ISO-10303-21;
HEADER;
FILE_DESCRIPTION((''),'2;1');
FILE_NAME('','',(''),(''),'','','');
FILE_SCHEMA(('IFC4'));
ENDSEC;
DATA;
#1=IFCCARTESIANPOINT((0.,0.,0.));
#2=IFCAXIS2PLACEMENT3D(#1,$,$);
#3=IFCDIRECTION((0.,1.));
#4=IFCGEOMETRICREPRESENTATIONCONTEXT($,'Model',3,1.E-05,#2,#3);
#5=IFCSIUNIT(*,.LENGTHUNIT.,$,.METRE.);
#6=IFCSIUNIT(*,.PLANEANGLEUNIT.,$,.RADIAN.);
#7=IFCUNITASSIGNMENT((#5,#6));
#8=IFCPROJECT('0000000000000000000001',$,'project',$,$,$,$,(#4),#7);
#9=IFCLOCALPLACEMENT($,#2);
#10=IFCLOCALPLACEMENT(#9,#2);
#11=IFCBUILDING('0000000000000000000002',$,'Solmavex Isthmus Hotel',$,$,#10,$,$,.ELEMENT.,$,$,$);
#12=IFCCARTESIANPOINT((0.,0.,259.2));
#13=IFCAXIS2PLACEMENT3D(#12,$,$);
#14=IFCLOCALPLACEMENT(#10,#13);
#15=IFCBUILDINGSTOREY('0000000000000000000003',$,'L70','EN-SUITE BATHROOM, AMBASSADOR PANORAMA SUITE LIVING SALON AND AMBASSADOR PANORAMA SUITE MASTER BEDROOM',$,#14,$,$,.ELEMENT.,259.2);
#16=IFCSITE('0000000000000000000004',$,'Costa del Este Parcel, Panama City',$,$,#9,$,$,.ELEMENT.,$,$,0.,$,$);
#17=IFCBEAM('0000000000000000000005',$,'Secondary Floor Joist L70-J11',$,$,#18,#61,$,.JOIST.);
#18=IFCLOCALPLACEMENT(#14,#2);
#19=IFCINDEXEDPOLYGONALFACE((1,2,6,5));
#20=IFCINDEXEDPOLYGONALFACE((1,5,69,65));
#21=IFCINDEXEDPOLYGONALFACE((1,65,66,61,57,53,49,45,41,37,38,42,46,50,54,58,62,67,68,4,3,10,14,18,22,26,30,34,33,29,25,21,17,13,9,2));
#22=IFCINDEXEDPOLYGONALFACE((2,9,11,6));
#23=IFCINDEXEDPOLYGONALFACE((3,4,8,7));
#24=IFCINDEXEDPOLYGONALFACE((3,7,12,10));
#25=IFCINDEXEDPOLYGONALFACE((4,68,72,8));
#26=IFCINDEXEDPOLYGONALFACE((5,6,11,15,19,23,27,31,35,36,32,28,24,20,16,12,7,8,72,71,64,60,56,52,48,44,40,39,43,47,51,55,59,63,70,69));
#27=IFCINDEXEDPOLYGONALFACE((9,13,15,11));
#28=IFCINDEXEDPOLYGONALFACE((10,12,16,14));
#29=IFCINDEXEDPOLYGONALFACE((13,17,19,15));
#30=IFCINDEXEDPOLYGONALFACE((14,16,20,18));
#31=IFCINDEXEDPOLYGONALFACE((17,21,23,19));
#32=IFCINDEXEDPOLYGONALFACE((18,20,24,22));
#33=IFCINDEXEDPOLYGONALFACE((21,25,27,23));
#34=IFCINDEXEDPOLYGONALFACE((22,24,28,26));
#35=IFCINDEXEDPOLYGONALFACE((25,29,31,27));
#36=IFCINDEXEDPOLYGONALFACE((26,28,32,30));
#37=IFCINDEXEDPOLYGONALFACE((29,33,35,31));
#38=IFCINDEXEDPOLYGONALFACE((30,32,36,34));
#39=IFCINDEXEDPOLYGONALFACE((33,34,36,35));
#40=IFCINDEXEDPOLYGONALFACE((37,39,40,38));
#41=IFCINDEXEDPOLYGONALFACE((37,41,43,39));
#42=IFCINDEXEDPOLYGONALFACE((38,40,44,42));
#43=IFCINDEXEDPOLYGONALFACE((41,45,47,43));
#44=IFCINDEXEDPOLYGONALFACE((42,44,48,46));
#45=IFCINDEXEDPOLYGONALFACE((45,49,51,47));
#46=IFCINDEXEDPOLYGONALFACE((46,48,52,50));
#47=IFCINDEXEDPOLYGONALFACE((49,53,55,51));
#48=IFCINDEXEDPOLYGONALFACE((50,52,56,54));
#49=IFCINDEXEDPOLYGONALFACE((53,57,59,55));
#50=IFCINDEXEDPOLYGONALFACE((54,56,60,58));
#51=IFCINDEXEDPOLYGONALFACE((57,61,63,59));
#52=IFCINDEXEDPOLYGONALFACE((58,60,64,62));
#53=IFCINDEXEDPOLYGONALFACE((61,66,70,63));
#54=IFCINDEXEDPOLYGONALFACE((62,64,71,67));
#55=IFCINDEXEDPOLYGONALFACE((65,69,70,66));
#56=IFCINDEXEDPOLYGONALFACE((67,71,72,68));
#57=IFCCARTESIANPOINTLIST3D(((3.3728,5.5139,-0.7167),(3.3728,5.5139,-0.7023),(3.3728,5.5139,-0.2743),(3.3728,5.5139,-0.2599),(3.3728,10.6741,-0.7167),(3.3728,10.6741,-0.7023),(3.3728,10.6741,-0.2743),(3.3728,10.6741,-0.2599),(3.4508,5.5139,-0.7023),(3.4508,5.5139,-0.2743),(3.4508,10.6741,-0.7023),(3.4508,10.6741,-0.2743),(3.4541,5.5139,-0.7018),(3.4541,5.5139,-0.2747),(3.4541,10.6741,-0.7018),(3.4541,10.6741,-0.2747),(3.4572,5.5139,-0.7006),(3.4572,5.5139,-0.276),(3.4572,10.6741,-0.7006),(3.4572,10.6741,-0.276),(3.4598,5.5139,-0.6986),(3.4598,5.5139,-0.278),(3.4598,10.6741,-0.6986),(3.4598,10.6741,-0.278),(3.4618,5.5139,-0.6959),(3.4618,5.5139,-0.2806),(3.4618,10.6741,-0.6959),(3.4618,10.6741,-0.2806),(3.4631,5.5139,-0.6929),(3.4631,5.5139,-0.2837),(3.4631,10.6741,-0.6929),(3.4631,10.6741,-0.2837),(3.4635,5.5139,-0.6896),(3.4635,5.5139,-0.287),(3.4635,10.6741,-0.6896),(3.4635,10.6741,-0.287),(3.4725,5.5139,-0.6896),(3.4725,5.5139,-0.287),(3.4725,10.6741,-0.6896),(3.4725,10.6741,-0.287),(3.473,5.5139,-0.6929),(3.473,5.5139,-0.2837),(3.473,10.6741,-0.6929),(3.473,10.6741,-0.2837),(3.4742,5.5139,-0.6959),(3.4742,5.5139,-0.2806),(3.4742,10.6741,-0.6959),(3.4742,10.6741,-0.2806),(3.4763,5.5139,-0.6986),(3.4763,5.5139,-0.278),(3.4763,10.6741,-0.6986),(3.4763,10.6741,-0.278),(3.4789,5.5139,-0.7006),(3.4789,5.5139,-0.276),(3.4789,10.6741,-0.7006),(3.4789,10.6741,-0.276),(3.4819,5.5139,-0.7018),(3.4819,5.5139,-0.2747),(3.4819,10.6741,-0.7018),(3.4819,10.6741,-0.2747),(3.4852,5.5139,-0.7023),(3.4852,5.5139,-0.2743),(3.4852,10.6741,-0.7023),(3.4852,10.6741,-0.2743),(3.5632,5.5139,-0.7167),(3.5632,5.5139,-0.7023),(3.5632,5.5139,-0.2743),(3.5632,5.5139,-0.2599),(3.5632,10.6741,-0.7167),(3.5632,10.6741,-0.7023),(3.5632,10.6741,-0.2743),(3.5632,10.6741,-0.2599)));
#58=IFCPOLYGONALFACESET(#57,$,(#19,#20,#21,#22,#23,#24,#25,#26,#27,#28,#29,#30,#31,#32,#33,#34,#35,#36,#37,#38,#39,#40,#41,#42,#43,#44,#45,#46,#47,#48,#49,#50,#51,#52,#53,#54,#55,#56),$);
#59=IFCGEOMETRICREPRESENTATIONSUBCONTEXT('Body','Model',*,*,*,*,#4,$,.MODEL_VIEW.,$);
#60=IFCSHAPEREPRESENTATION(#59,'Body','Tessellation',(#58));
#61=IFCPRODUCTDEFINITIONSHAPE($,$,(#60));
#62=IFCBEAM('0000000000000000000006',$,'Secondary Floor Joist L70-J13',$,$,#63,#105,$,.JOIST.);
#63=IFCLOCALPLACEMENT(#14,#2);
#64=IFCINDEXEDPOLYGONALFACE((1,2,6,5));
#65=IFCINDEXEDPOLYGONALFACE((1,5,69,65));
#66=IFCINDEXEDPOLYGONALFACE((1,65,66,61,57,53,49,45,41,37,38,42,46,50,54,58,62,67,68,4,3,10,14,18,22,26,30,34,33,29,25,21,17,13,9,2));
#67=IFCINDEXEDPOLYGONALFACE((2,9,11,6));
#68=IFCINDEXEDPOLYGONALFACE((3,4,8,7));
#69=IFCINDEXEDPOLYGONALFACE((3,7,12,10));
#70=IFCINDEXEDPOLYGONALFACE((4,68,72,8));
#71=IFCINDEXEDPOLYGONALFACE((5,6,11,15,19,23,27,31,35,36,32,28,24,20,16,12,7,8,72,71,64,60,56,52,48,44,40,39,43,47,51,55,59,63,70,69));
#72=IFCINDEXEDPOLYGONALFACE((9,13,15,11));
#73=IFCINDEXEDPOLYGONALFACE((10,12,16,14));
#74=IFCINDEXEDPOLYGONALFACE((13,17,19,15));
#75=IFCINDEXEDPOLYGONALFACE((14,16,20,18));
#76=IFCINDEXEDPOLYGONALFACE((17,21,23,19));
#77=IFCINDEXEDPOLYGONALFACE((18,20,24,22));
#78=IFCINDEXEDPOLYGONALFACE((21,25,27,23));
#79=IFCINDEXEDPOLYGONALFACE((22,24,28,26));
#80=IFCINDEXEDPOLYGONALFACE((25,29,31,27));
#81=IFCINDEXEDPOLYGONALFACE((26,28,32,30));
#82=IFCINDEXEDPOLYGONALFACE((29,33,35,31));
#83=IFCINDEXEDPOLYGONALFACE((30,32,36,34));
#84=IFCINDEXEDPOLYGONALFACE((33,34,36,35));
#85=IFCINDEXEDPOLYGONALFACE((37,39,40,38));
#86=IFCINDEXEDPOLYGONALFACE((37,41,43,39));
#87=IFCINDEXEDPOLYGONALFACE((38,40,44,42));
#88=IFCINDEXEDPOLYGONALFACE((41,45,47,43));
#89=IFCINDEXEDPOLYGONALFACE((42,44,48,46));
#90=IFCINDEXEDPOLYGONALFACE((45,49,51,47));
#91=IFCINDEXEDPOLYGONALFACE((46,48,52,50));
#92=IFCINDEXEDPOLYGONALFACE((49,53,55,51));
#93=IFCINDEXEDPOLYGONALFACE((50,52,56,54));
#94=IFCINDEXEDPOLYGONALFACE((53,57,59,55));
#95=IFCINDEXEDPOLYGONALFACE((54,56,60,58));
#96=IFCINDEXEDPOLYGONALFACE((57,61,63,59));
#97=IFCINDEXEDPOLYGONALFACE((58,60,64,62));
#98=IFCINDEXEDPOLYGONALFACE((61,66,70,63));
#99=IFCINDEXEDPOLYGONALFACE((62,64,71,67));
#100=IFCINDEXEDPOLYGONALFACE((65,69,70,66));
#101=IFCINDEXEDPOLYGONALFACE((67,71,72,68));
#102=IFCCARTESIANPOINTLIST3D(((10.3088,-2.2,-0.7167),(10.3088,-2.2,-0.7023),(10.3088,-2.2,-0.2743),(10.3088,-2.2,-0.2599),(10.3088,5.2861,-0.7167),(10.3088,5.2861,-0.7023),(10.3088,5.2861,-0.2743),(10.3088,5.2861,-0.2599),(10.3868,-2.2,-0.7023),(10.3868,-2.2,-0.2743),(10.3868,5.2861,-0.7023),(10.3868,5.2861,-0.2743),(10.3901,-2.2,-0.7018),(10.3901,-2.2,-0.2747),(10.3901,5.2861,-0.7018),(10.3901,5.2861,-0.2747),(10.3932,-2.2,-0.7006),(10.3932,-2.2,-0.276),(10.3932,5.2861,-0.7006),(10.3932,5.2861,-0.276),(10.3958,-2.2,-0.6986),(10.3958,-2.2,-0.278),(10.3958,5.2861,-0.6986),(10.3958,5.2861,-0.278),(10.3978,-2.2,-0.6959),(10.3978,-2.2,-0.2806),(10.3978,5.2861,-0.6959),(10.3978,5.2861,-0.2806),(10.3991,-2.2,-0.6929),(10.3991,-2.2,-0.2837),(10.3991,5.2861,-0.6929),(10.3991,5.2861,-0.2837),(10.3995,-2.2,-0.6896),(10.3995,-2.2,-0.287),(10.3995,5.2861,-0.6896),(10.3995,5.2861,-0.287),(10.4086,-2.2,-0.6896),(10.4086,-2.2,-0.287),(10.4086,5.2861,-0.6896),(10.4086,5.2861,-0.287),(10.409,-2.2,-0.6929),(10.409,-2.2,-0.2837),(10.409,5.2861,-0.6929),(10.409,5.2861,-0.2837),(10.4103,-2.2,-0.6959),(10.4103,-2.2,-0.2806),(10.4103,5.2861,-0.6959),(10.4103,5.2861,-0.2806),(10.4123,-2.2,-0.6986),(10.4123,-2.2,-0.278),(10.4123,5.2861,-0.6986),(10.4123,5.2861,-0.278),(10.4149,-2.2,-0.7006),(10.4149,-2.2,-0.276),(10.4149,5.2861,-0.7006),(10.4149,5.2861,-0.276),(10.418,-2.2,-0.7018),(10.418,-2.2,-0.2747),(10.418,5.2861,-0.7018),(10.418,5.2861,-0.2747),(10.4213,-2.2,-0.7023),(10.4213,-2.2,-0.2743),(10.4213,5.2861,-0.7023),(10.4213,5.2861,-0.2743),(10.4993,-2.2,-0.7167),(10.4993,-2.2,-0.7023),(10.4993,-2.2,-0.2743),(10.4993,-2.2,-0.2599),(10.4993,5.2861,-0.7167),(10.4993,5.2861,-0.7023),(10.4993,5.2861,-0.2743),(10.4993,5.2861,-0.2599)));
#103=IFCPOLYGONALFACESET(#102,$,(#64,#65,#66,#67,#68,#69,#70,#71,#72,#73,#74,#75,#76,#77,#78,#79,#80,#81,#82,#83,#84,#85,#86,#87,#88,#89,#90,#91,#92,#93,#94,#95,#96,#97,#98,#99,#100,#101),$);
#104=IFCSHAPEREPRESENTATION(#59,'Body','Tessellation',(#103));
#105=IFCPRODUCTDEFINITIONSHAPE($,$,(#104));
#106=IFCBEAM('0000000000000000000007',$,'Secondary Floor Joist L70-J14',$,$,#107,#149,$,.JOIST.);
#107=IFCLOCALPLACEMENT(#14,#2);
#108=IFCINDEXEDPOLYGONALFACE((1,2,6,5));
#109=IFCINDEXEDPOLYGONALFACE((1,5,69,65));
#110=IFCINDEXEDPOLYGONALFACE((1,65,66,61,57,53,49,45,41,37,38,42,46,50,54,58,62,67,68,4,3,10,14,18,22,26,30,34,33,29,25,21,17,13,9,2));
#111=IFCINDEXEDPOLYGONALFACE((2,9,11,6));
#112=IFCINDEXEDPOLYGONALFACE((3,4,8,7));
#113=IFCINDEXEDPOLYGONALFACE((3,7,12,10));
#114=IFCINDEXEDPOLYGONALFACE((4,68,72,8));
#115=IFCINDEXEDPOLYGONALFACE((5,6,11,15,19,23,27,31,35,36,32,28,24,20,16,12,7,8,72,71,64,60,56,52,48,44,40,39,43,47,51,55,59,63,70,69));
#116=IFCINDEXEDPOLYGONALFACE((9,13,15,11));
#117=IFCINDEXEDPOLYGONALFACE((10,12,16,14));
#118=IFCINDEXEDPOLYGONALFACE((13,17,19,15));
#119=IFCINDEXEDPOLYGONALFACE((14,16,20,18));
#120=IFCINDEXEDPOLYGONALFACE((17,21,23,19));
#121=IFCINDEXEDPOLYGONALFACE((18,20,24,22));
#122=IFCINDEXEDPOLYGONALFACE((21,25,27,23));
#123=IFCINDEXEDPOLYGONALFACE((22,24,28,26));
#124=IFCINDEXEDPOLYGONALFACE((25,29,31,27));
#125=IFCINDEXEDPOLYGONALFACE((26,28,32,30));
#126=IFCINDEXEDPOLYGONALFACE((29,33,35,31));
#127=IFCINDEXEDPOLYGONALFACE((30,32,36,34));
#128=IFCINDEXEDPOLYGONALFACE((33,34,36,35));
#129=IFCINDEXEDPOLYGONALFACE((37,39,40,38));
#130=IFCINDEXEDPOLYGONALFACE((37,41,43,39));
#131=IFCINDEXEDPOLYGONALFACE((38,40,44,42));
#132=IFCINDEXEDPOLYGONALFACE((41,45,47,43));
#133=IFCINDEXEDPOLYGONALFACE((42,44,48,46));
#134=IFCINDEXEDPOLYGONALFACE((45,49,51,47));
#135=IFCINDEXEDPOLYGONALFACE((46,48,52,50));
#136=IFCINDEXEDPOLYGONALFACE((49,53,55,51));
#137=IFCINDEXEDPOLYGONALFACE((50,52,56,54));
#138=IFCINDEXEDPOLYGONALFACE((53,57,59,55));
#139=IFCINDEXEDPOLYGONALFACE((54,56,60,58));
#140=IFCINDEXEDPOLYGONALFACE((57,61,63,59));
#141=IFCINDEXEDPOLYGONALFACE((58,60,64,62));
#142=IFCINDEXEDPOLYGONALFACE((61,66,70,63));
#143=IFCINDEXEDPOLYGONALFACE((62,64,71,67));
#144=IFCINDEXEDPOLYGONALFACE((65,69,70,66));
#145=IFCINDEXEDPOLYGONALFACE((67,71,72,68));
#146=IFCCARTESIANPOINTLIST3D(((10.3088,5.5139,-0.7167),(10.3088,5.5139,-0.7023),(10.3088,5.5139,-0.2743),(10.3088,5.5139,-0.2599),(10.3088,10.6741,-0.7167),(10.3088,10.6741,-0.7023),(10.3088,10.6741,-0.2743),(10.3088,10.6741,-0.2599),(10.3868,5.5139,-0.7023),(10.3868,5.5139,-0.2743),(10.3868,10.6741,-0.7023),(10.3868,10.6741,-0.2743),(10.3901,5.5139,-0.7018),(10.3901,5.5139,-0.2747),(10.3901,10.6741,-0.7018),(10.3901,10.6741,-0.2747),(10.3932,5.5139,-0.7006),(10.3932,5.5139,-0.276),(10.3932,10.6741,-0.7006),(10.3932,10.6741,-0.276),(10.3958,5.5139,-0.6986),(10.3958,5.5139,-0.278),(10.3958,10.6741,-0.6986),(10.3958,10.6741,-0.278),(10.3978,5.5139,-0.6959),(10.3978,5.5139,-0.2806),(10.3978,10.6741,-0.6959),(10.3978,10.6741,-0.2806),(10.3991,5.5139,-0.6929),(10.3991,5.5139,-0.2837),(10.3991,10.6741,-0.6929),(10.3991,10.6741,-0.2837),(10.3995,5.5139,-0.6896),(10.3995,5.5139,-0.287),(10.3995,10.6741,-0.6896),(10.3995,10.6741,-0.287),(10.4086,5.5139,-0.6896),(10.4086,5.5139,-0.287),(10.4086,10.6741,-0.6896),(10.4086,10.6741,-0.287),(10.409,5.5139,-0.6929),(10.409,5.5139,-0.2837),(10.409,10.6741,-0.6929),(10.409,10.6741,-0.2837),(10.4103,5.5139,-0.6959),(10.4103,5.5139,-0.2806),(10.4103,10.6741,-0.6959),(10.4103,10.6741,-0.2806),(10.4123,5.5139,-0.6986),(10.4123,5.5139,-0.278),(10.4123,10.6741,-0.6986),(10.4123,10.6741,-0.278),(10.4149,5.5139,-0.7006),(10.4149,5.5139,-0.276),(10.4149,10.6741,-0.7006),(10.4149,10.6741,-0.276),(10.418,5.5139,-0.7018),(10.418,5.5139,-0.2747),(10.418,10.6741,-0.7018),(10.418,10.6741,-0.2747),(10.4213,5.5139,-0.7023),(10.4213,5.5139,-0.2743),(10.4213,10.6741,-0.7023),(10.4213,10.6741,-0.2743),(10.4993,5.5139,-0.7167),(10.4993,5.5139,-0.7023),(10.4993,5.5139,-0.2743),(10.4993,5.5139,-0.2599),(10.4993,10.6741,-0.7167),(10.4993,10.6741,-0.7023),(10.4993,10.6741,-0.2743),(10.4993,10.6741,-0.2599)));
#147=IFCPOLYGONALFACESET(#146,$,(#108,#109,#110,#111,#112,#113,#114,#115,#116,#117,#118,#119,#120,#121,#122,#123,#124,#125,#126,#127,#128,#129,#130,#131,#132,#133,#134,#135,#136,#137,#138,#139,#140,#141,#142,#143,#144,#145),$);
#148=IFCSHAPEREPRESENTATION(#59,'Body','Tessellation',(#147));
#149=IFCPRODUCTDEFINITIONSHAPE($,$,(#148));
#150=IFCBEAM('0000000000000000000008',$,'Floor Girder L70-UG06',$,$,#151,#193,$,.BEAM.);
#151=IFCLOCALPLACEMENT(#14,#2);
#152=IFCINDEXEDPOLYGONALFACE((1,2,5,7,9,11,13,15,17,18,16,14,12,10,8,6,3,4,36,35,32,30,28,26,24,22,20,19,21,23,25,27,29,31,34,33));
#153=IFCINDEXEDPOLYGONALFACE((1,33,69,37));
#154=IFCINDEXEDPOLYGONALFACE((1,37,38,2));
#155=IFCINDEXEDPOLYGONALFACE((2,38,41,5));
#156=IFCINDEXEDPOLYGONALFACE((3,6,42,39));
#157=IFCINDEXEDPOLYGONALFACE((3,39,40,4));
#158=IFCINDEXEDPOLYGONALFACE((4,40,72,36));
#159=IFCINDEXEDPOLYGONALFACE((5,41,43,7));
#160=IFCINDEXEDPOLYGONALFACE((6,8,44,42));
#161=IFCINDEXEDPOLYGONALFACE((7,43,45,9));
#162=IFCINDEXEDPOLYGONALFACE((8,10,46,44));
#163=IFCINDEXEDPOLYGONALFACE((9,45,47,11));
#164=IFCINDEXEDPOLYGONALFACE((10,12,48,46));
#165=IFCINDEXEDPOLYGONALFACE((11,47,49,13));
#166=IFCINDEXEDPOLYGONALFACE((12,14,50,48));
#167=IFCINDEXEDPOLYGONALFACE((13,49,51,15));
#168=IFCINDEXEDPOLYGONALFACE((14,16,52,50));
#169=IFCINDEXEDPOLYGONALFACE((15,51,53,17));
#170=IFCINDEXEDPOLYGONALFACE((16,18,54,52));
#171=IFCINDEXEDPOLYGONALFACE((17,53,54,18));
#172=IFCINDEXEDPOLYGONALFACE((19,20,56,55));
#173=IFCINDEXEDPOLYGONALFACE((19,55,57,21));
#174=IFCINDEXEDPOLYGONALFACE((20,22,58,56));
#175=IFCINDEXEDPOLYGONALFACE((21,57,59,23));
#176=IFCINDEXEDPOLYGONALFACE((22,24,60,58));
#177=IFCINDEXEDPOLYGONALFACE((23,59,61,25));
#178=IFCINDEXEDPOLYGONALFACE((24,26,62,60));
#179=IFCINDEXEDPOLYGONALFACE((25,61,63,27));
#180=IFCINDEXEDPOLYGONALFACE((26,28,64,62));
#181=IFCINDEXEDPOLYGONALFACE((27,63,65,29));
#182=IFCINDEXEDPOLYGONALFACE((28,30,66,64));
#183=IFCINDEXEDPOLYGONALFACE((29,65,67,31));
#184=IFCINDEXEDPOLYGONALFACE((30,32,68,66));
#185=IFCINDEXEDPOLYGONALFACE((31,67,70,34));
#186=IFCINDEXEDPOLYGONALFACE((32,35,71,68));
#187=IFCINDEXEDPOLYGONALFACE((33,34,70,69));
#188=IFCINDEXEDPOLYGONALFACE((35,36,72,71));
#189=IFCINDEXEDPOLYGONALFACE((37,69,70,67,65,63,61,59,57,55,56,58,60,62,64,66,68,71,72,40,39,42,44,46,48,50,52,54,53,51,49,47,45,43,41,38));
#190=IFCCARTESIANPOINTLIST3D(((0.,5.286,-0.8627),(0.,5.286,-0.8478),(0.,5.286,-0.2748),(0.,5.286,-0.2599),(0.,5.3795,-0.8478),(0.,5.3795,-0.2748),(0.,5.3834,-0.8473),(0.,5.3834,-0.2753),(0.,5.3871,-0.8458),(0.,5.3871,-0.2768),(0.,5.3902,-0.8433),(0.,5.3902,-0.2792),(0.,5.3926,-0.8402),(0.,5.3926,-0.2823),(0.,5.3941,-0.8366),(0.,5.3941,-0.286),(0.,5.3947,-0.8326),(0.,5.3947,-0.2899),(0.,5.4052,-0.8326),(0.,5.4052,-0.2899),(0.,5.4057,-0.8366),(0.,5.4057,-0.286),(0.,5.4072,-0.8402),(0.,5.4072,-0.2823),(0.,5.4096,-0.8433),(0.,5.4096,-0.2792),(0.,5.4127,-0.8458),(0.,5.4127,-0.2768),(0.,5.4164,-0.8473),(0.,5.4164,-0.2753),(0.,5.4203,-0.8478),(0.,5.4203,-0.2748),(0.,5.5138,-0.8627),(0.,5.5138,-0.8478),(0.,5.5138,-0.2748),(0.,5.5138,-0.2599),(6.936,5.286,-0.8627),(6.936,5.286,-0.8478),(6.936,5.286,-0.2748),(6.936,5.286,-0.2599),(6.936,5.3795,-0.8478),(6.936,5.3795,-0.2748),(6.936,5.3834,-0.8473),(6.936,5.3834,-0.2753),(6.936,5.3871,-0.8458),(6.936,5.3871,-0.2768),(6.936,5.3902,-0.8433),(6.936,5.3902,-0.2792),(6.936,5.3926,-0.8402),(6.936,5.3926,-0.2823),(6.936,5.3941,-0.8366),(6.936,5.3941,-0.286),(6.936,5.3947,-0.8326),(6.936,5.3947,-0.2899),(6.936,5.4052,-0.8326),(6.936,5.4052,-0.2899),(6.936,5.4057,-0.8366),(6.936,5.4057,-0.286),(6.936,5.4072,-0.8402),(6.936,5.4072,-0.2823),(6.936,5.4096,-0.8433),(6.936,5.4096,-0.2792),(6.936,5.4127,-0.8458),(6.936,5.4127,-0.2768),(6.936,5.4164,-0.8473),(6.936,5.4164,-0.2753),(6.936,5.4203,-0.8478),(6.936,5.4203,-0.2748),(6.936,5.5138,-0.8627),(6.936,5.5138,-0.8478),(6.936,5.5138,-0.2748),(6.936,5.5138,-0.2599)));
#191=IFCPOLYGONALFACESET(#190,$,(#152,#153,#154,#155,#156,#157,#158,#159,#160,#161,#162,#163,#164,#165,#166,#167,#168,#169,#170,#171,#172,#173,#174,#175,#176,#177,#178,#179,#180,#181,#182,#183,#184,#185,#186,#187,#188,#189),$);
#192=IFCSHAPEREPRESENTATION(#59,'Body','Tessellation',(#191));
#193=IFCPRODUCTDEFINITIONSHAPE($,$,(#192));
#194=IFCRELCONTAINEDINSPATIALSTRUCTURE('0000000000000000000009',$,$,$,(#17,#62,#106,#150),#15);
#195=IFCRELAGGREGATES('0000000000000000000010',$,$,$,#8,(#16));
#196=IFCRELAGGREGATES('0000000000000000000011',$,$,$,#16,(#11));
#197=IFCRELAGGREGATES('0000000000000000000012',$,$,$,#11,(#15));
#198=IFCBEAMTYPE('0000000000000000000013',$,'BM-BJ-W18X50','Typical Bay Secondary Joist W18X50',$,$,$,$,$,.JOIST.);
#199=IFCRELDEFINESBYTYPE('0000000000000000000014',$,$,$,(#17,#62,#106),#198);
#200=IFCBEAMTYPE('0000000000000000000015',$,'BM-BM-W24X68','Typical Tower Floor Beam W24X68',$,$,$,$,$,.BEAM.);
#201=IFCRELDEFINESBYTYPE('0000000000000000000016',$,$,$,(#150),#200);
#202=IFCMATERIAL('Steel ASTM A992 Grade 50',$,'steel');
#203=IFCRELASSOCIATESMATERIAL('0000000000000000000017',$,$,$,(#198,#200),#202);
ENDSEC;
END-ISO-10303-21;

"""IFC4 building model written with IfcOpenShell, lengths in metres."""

from ifc_helpers import new_model, si_unit, direction, frame, origin, origin_2d, place, context, subcontext, project, spatial, i_section, extrude, material, material_profile, profile_set, type_object, element, save


model = new_model("IFC4")

# Units and contexts
model_context = context("Model", 3, precision=1e-05, world=origin(), true_north=direction((0.0, 1.0)))
body_context = subcontext(model_context, "Body", "Model", "MODEL_VIEW")
ifc_project = project(units=[si_unit("LENGTHUNIT", "METRE"), si_unit("PLANEANGLEUNIT", "RADIAN")], contexts=[model_context])

# Site, building, storey
site_placement = place(None, origin())
site = spatial("IfcSite", under=ifc_project, at=site_placement, Name="Costa del Este Parcel, Panama City", CompositionType="ELEMENT", RefElevation=0.0)
building_placement = place(site_placement, origin())
building = spatial("IfcBuilding", under=site, at=building_placement, Name="Solmavex Isthmus Hotel", CompositionType="ELEMENT")
storey_placement = place(building_placement, frame((0.0, 0.0, 259.2)))
storey = spatial("IfcBuildingStorey", under=building, at=storey_placement, Name="L70", Description="EN-SUITE BATHROOM, AMBASSADOR PANORAMA SUITE LIVING SALON AND AMBASSADOR PANORAMA SUITE MASTER BEDROOM", CompositionType="ELEMENT", Elevation=259.2)

# Beams
ifc_material_1 = material(Name="Steel ASTM A992 Grade 50", Category="steel")
ifc_material_profile_1 = material_profile(ifc_material_1, i_section(OverallWidth=0.1904, OverallDepth=0.4568, WebThickness=0.009, FlangeThickness=0.0144, FilletRadius=0.0127, at=origin_2d()), Name="W18X50")
ifc_profile_set_1 = profile_set([ifc_material_profile_1], Name="Steel ASTM A992 Grade 50")
beam_type_1 = type_object("IfcBeamType", Name="BM-BJ-W18X50", Description="Typical Bay Secondary Joist W18X50", PredefinedType="JOIST", material=ifc_profile_set_1)
beam_1_placement = place(storey_placement, frame((3.468, 5.5139, -0.4883), z_axis=(0.0, 1.0, 0.0), x_axis=(-1.0, 0.0, 0.0)))
element("IfcBeam", 1, at=beam_1_placement, inside=storey, type_object=beam_type_1, Name="Secondary Floor Joist L70-J11", PredefinedType="JOIST", context=body_context, shape_type="SweptSolid", body=[
    extrude(i_section(OverallWidth=0.1904, OverallDepth=0.4568, WebThickness=0.009, FlangeThickness=0.0144, FilletRadius=0.0127, at=origin_2d()), origin(), (0.0, 0.0, 1.0), 5.1602),
])
beam_2_placement = place(storey_placement, frame((10.4041, -2.2, -0.4883), z_axis=(0.0, 1.0, 0.0), x_axis=(-1.0, 0.0, 0.0)))
element("IfcBeam", 2, at=beam_2_placement, inside=storey, type_object=beam_type_1, Name="Secondary Floor Joist L70-J13", PredefinedType="JOIST", context=body_context, shape_type="SweptSolid", body=[
    extrude(i_section(OverallWidth=0.1904, OverallDepth=0.4568, WebThickness=0.009, FlangeThickness=0.0144, FilletRadius=0.0127, at=origin_2d()), origin(), (0.0, 0.0, 1.0), 7.4861),
])
beam_3_placement = place(storey_placement, frame((10.4041, 5.5139, -0.4883), z_axis=(0.0, 1.0, 0.0), x_axis=(-1.0, 0.0, 0.0)))
element("IfcBeam", 3, at=beam_3_placement, inside=storey, type_object=beam_type_1, Name="Secondary Floor Joist L70-J14", PredefinedType="JOIST", context=body_context, shape_type="SweptSolid", body=[
    extrude(i_section(OverallWidth=0.1904, OverallDepth=0.4568, WebThickness=0.009, FlangeThickness=0.0144, FilletRadius=0.0127, at=origin_2d()), origin(), (0.0, 0.0, 1.0), 5.1602),
])
ifc_material_profile_2 = material_profile(ifc_material_1, i_section(OverallWidth=0.2278, OverallDepth=0.6028, WebThickness=0.0105, FlangeThickness=0.0149, FilletRadius=0.0151, at=origin_2d()), Name="W24X68")
ifc_profile_set_2 = profile_set([ifc_material_profile_2], Name="Steel ASTM A992 Grade 50")
beam_type_2 = type_object("IfcBeamType", Name="BM-BM-W24X68", Description="Typical Tower Floor Beam W24X68", PredefinedType="BEAM", material=ifc_profile_set_2)
for number, where, z_axis, x_axis, name in (
    (4, (0.0, 5.3999, -0.5613), (1.0, 0.0, 0.0), (0.0, 1.0, 0.0), "Floor Girder L70-UG06"),
):
    element("IfcBeam", number, at=place(storey_placement, frame(where, z_axis=z_axis, x_axis=x_axis)), inside=storey, type_object=beam_type_2, Name=name, PredefinedType="BEAM", context=body_context, shape_type="SweptSolid", body=[
        extrude(i_section(OverallWidth=0.2278, OverallDepth=0.6028, WebThickness=0.0105, FlangeThickness=0.0149, FilletRadius=0.0151, at=origin_2d()), origin(), (0.0, 0.0, 1.0), 6.936),
    ])

save(model, "model.ifc")
